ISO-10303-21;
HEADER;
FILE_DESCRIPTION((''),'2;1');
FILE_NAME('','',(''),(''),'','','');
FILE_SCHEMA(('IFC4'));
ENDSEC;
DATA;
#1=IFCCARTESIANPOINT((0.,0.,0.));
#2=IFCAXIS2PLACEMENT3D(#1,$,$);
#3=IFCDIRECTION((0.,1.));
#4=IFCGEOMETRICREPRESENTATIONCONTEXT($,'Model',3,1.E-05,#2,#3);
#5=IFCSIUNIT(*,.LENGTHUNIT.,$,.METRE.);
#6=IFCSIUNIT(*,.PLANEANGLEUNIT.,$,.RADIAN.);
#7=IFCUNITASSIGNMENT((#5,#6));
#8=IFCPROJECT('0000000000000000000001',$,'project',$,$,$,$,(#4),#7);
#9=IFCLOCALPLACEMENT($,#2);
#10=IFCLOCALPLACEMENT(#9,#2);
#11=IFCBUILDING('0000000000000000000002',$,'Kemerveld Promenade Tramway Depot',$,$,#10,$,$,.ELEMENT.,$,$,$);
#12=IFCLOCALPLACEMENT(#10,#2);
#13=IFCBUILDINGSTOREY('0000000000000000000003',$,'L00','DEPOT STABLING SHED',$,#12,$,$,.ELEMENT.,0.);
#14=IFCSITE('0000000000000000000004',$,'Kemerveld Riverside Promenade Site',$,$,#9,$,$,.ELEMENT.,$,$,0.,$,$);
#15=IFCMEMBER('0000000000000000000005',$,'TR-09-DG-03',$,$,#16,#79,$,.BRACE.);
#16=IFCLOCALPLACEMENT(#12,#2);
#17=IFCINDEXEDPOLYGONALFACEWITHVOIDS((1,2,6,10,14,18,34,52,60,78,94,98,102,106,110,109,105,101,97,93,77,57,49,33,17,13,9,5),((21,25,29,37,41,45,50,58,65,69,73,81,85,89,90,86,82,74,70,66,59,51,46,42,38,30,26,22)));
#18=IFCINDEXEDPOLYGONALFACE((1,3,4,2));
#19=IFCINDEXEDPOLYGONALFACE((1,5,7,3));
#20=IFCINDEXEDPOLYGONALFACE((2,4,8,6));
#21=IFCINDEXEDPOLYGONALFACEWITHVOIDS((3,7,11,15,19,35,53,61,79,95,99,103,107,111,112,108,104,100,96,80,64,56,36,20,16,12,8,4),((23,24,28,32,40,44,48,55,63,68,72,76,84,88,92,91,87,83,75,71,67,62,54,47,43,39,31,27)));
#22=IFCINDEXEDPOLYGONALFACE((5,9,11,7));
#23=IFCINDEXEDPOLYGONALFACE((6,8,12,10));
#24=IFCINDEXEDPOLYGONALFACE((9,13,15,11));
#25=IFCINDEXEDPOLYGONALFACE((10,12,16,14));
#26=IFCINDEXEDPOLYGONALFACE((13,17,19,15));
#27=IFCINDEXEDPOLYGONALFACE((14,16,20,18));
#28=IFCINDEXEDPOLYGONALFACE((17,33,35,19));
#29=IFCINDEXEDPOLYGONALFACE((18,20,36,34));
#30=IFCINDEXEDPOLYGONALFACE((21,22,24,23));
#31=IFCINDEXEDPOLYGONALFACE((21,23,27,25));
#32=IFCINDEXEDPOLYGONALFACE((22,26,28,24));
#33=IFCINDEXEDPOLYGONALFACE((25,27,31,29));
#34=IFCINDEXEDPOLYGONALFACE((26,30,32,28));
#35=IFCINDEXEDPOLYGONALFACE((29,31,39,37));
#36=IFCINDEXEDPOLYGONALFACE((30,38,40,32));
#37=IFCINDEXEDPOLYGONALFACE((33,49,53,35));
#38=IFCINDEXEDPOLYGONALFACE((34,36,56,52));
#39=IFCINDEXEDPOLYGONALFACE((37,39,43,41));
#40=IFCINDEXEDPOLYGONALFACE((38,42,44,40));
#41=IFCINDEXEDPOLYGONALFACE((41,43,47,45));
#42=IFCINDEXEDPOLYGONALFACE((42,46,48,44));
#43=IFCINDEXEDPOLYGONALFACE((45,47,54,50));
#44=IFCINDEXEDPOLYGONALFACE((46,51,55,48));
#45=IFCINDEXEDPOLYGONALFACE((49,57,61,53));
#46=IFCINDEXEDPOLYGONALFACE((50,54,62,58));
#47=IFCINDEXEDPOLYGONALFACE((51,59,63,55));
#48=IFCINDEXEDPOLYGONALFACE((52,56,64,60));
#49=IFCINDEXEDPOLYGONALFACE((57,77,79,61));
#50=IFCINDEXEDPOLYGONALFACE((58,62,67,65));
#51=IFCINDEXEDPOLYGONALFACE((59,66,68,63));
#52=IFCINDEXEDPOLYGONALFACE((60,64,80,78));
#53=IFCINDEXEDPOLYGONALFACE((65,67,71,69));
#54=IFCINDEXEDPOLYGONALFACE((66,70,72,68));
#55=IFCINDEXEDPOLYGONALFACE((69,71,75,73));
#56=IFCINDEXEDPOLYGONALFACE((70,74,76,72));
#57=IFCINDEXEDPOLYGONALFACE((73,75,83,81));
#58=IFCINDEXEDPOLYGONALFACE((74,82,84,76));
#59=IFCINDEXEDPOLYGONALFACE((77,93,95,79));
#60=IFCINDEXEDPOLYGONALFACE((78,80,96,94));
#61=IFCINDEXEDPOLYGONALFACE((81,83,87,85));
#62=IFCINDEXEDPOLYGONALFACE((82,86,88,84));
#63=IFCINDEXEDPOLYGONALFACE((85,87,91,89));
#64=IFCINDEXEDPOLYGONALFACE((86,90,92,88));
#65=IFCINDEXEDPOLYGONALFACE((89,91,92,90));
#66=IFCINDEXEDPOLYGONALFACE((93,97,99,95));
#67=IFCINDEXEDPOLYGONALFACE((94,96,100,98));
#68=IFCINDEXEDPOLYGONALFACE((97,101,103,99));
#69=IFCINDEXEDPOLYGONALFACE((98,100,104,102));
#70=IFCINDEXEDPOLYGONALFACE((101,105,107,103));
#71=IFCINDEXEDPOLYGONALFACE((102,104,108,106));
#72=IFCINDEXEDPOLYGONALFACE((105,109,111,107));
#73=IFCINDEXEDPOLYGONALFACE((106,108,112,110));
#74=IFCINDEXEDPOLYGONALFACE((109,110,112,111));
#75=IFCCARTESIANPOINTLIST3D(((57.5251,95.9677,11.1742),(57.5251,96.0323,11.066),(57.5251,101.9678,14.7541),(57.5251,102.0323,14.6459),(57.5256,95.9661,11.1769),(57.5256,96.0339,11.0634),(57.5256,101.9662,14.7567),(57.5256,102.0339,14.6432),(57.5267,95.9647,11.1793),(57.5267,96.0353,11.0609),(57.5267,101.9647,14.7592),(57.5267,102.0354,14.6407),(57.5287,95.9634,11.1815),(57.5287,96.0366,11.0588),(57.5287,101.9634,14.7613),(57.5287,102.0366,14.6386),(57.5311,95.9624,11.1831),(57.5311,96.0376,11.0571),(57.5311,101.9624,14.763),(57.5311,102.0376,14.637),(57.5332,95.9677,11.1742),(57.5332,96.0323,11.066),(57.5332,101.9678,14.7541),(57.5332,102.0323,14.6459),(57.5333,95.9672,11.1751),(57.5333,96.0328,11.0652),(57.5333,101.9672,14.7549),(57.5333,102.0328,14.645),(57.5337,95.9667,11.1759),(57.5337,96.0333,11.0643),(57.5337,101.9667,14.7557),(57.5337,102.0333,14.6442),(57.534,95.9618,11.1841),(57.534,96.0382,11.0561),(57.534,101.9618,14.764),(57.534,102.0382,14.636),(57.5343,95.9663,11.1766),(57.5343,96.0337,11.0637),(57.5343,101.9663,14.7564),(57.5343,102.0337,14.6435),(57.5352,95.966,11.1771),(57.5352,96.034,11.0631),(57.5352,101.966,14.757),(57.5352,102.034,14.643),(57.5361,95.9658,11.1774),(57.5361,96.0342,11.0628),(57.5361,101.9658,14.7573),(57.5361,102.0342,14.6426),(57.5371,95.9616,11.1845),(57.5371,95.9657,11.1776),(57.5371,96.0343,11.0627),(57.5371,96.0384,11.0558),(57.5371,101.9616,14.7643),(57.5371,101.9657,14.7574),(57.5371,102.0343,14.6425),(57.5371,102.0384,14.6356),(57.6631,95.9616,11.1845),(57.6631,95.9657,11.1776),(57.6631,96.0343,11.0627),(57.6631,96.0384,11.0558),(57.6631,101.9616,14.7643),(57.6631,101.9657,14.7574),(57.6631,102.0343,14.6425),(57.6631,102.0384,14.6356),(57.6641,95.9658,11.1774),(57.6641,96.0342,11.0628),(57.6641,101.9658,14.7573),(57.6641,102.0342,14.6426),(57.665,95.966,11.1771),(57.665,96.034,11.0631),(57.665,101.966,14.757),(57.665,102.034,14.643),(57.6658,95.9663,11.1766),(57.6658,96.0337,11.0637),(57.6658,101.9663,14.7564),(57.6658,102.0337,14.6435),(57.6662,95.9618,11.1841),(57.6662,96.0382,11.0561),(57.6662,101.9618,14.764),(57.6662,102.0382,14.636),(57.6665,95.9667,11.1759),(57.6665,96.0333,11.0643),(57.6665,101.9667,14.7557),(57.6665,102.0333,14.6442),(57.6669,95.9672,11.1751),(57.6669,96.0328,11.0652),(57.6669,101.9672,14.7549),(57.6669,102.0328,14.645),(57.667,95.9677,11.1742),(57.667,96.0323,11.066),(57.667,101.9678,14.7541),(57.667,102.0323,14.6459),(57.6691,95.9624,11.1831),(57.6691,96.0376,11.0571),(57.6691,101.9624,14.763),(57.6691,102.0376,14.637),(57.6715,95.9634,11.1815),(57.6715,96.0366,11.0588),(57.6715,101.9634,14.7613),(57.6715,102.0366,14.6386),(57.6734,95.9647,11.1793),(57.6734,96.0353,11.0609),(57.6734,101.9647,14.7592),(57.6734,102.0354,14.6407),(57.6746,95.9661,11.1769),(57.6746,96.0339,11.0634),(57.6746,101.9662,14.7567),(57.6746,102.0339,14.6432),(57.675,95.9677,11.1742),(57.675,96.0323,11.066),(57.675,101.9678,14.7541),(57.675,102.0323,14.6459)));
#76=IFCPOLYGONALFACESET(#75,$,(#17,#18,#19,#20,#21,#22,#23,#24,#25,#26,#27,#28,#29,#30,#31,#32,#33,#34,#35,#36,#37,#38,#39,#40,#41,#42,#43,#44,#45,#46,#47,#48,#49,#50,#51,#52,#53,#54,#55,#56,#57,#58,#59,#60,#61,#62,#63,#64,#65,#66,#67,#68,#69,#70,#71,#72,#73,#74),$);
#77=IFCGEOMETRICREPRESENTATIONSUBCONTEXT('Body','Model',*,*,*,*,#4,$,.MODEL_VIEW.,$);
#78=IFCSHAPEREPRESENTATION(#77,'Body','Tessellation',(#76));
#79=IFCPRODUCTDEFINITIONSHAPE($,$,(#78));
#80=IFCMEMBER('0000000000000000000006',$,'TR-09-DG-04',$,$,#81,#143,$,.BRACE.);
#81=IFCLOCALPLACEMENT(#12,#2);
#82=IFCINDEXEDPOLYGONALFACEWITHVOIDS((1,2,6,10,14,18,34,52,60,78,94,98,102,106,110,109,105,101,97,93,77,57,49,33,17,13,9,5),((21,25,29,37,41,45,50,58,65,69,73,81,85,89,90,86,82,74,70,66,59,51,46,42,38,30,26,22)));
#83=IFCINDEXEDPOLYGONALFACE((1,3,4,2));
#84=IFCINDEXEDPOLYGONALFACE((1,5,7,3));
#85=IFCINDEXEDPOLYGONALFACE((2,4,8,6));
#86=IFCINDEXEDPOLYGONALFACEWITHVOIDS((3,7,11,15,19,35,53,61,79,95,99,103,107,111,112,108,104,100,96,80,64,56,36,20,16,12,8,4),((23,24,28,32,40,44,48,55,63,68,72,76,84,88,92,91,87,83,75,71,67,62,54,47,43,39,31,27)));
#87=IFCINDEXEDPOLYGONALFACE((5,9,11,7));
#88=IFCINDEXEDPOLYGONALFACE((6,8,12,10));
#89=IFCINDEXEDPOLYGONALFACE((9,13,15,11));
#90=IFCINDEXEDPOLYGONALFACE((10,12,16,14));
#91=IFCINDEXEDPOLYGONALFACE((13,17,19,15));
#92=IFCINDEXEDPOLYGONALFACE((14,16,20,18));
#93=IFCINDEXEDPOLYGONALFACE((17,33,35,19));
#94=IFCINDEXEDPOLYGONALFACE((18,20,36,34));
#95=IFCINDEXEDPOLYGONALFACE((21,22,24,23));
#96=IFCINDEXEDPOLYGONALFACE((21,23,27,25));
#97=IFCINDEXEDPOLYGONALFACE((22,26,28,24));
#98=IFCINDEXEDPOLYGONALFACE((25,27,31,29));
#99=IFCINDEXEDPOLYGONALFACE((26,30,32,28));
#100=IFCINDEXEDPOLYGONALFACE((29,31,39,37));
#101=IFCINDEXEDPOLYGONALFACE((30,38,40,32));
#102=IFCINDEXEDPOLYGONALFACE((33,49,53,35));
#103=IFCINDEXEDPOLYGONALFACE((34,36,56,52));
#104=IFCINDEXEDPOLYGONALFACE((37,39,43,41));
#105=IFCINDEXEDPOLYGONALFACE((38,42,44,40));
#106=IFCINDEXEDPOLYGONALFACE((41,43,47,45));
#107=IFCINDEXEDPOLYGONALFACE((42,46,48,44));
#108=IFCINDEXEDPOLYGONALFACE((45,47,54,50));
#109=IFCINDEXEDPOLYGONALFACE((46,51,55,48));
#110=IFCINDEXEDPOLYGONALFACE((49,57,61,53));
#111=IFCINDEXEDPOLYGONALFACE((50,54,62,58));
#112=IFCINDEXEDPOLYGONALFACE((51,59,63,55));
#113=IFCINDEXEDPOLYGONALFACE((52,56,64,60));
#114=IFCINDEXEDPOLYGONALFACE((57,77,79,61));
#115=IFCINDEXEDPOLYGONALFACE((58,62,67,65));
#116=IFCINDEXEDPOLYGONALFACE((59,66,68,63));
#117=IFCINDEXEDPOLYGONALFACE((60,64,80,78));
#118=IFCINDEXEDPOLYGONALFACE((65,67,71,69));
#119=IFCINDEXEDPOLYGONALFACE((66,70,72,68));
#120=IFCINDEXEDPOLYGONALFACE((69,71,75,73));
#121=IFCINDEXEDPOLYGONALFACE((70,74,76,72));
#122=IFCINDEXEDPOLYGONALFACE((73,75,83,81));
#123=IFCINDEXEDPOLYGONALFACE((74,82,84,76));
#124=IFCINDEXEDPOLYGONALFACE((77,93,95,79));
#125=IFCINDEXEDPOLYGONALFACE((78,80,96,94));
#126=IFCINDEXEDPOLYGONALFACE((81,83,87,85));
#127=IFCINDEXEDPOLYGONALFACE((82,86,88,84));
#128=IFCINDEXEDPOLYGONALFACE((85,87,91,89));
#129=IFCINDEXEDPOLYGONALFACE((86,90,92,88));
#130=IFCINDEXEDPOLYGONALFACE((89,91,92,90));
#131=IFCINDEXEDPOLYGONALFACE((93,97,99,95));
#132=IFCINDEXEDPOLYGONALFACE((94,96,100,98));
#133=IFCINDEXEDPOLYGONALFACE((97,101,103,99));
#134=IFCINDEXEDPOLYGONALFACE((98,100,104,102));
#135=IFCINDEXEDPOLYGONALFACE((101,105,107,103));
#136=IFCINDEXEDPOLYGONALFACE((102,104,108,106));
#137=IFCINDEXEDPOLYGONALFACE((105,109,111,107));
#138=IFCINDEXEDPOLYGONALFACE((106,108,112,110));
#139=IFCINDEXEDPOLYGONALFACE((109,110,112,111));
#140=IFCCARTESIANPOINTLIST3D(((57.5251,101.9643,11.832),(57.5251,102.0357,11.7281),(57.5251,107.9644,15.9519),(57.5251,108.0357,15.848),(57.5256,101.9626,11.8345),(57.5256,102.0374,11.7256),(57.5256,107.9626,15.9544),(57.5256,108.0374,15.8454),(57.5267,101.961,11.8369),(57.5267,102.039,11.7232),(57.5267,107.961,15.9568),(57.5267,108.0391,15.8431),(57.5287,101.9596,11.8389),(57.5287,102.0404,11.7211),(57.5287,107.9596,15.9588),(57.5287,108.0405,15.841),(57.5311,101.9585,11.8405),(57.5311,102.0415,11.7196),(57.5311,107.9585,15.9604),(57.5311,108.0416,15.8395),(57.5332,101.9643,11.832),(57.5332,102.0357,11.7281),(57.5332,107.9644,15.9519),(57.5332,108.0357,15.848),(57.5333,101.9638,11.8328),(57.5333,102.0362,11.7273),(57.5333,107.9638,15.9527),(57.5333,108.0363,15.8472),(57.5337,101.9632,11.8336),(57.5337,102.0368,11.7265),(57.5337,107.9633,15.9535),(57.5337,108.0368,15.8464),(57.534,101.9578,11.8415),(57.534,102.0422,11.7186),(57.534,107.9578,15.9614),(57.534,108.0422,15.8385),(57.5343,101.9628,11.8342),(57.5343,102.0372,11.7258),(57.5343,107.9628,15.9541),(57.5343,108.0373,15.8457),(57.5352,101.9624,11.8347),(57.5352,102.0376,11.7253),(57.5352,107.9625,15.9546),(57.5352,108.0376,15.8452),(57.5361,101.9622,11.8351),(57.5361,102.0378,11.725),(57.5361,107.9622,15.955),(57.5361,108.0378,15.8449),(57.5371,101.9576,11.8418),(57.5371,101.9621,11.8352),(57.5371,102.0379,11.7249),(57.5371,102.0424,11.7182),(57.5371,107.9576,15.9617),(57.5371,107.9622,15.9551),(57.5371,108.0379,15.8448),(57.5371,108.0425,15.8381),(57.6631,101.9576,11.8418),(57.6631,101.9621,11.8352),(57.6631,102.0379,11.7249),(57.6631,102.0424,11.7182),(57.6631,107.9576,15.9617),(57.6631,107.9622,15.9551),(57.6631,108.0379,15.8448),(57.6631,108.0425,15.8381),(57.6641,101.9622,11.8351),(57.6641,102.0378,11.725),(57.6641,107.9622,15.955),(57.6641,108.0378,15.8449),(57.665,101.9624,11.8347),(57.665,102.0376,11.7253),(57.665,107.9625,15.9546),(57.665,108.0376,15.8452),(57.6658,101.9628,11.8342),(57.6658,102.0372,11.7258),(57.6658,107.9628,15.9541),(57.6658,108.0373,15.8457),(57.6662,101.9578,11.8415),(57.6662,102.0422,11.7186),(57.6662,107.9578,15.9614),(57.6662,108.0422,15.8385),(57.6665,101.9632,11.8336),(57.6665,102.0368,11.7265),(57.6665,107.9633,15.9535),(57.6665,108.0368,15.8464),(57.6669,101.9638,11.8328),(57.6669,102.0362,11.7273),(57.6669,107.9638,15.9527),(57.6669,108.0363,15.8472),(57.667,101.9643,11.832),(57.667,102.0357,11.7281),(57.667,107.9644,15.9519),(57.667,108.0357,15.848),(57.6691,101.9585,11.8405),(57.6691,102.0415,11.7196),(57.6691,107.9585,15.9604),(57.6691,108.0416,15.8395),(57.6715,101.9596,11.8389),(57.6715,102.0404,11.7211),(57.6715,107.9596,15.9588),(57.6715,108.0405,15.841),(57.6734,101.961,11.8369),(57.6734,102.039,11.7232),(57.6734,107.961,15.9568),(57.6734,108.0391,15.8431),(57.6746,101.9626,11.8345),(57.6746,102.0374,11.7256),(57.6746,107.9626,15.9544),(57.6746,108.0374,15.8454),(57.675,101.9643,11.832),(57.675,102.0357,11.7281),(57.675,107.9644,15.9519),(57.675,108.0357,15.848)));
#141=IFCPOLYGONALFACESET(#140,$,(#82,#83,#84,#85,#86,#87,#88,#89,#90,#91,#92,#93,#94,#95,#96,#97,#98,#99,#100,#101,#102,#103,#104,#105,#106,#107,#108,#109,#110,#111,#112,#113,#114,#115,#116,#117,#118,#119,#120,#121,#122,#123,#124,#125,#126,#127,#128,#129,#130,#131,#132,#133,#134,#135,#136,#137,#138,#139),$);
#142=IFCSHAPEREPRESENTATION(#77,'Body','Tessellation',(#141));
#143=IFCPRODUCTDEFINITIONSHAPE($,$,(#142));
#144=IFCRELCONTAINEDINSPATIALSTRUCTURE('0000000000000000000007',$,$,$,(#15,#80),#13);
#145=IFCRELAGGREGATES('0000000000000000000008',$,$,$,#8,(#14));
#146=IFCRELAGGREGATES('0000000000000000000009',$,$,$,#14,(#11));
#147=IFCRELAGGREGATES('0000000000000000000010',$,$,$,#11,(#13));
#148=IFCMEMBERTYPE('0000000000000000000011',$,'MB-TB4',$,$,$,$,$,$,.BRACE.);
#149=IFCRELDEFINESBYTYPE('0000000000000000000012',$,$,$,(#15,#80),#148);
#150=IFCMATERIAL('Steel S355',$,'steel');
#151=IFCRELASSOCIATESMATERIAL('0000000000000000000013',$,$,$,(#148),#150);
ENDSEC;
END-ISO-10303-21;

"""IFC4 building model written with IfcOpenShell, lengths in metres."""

from ifc_helpers import new_model, si_unit, direction, frame, origin, origin_2d, place, context, subcontext, project, spatial, hollow_rectangle, extrude, material, material_profile, profile_set, type_object, element, save


model = new_model("IFC4")

# Units and contexts
model_context = context("Model", 3, precision=1e-05, world=origin(), true_north=direction((0.0, 1.0)))
body_context = subcontext(model_context, "Body", "Model", "MODEL_VIEW")
ifc_project = project(units=[si_unit("LENGTHUNIT", "METRE"), si_unit("PLANEANGLEUNIT", "RADIAN")], contexts=[model_context])

# Site, building, storey
site_placement = place(None, origin())
site = spatial("IfcSite", under=ifc_project, at=site_placement, Name="Kemerveld Riverside Promenade Site", CompositionType="ELEMENT", RefElevation=0.0)
building_placement = place(site_placement, origin())
building = spatial("IfcBuilding", under=site, at=building_placement, Name="Kemerveld Promenade Tramway Depot", CompositionType="ELEMENT")
storey_placement = place(building_placement, origin())
storey = spatial("IfcBuildingStorey", under=building, at=storey_placement, Name="L00", Description="DEPOT STABLING SHED", CompositionType="ELEMENT", Elevation=0.0)

# Members
ifc_material_1 = material(Name="Steel S355", Category="steel")
ifc_material_profile_1 = material_profile(ifc_material_1, hollow_rectangle(XDim=0.1499, YDim=0.1499, WallThickness=0.0081, InnerFilletRadius=0.0039, OuterFilletRadius=0.012, at=origin_2d()), Name="150x150x8.0 SHS")
ifc_profile_set_1 = profile_set([ifc_material_profile_1], Name="Steel S355")
member_type_1 = type_object("IfcMemberType", Name="MB-TB4", PredefinedType="BRACE", material=ifc_profile_set_1)
member_1_placement = place(storey_placement, frame((57.6001, 96.0, 11.1201), z_axis=(0.0, 0.858764, 0.512372), x_axis=(-1.0, 0.0, 0.0)))
element("IfcMember", 1, at=member_1_placement, inside=storey, type_object=member_type_1, Name="TR-09-DG-03", PredefinedType="BRACE", context=body_context, shape_type="SweptSolid", body=[
    extrude(hollow_rectangle(XDim=0.1499, YDim=0.1499, WallThickness=0.0081, InnerFilletRadius=0.0039, OuterFilletRadius=0.012, at=origin_2d()), origin(), (0.0, 0.0, 1.0), 6.9868),
])
member_2_placement = place(storey_placement, frame((57.6001, 102.0, 11.78), z_axis=(0.0, 0.824371, 0.56605), x_axis=(-1.0, 0.0, 0.0)))
element("IfcMember", 2, at=member_2_placement, inside=storey, type_object=member_type_1, Name="TR-09-DG-04", PredefinedType="BRACE", context=body_context, shape_type="SweptSolid", body=[
    extrude(hollow_rectangle(XDim=0.1499, YDim=0.1499, WallThickness=0.0081, InnerFilletRadius=0.0039, OuterFilletRadius=0.012, at=origin_2d()), origin(), (0.0, 0.0, 1.0), 7.2783),
])

save(model, "model.ifc")
